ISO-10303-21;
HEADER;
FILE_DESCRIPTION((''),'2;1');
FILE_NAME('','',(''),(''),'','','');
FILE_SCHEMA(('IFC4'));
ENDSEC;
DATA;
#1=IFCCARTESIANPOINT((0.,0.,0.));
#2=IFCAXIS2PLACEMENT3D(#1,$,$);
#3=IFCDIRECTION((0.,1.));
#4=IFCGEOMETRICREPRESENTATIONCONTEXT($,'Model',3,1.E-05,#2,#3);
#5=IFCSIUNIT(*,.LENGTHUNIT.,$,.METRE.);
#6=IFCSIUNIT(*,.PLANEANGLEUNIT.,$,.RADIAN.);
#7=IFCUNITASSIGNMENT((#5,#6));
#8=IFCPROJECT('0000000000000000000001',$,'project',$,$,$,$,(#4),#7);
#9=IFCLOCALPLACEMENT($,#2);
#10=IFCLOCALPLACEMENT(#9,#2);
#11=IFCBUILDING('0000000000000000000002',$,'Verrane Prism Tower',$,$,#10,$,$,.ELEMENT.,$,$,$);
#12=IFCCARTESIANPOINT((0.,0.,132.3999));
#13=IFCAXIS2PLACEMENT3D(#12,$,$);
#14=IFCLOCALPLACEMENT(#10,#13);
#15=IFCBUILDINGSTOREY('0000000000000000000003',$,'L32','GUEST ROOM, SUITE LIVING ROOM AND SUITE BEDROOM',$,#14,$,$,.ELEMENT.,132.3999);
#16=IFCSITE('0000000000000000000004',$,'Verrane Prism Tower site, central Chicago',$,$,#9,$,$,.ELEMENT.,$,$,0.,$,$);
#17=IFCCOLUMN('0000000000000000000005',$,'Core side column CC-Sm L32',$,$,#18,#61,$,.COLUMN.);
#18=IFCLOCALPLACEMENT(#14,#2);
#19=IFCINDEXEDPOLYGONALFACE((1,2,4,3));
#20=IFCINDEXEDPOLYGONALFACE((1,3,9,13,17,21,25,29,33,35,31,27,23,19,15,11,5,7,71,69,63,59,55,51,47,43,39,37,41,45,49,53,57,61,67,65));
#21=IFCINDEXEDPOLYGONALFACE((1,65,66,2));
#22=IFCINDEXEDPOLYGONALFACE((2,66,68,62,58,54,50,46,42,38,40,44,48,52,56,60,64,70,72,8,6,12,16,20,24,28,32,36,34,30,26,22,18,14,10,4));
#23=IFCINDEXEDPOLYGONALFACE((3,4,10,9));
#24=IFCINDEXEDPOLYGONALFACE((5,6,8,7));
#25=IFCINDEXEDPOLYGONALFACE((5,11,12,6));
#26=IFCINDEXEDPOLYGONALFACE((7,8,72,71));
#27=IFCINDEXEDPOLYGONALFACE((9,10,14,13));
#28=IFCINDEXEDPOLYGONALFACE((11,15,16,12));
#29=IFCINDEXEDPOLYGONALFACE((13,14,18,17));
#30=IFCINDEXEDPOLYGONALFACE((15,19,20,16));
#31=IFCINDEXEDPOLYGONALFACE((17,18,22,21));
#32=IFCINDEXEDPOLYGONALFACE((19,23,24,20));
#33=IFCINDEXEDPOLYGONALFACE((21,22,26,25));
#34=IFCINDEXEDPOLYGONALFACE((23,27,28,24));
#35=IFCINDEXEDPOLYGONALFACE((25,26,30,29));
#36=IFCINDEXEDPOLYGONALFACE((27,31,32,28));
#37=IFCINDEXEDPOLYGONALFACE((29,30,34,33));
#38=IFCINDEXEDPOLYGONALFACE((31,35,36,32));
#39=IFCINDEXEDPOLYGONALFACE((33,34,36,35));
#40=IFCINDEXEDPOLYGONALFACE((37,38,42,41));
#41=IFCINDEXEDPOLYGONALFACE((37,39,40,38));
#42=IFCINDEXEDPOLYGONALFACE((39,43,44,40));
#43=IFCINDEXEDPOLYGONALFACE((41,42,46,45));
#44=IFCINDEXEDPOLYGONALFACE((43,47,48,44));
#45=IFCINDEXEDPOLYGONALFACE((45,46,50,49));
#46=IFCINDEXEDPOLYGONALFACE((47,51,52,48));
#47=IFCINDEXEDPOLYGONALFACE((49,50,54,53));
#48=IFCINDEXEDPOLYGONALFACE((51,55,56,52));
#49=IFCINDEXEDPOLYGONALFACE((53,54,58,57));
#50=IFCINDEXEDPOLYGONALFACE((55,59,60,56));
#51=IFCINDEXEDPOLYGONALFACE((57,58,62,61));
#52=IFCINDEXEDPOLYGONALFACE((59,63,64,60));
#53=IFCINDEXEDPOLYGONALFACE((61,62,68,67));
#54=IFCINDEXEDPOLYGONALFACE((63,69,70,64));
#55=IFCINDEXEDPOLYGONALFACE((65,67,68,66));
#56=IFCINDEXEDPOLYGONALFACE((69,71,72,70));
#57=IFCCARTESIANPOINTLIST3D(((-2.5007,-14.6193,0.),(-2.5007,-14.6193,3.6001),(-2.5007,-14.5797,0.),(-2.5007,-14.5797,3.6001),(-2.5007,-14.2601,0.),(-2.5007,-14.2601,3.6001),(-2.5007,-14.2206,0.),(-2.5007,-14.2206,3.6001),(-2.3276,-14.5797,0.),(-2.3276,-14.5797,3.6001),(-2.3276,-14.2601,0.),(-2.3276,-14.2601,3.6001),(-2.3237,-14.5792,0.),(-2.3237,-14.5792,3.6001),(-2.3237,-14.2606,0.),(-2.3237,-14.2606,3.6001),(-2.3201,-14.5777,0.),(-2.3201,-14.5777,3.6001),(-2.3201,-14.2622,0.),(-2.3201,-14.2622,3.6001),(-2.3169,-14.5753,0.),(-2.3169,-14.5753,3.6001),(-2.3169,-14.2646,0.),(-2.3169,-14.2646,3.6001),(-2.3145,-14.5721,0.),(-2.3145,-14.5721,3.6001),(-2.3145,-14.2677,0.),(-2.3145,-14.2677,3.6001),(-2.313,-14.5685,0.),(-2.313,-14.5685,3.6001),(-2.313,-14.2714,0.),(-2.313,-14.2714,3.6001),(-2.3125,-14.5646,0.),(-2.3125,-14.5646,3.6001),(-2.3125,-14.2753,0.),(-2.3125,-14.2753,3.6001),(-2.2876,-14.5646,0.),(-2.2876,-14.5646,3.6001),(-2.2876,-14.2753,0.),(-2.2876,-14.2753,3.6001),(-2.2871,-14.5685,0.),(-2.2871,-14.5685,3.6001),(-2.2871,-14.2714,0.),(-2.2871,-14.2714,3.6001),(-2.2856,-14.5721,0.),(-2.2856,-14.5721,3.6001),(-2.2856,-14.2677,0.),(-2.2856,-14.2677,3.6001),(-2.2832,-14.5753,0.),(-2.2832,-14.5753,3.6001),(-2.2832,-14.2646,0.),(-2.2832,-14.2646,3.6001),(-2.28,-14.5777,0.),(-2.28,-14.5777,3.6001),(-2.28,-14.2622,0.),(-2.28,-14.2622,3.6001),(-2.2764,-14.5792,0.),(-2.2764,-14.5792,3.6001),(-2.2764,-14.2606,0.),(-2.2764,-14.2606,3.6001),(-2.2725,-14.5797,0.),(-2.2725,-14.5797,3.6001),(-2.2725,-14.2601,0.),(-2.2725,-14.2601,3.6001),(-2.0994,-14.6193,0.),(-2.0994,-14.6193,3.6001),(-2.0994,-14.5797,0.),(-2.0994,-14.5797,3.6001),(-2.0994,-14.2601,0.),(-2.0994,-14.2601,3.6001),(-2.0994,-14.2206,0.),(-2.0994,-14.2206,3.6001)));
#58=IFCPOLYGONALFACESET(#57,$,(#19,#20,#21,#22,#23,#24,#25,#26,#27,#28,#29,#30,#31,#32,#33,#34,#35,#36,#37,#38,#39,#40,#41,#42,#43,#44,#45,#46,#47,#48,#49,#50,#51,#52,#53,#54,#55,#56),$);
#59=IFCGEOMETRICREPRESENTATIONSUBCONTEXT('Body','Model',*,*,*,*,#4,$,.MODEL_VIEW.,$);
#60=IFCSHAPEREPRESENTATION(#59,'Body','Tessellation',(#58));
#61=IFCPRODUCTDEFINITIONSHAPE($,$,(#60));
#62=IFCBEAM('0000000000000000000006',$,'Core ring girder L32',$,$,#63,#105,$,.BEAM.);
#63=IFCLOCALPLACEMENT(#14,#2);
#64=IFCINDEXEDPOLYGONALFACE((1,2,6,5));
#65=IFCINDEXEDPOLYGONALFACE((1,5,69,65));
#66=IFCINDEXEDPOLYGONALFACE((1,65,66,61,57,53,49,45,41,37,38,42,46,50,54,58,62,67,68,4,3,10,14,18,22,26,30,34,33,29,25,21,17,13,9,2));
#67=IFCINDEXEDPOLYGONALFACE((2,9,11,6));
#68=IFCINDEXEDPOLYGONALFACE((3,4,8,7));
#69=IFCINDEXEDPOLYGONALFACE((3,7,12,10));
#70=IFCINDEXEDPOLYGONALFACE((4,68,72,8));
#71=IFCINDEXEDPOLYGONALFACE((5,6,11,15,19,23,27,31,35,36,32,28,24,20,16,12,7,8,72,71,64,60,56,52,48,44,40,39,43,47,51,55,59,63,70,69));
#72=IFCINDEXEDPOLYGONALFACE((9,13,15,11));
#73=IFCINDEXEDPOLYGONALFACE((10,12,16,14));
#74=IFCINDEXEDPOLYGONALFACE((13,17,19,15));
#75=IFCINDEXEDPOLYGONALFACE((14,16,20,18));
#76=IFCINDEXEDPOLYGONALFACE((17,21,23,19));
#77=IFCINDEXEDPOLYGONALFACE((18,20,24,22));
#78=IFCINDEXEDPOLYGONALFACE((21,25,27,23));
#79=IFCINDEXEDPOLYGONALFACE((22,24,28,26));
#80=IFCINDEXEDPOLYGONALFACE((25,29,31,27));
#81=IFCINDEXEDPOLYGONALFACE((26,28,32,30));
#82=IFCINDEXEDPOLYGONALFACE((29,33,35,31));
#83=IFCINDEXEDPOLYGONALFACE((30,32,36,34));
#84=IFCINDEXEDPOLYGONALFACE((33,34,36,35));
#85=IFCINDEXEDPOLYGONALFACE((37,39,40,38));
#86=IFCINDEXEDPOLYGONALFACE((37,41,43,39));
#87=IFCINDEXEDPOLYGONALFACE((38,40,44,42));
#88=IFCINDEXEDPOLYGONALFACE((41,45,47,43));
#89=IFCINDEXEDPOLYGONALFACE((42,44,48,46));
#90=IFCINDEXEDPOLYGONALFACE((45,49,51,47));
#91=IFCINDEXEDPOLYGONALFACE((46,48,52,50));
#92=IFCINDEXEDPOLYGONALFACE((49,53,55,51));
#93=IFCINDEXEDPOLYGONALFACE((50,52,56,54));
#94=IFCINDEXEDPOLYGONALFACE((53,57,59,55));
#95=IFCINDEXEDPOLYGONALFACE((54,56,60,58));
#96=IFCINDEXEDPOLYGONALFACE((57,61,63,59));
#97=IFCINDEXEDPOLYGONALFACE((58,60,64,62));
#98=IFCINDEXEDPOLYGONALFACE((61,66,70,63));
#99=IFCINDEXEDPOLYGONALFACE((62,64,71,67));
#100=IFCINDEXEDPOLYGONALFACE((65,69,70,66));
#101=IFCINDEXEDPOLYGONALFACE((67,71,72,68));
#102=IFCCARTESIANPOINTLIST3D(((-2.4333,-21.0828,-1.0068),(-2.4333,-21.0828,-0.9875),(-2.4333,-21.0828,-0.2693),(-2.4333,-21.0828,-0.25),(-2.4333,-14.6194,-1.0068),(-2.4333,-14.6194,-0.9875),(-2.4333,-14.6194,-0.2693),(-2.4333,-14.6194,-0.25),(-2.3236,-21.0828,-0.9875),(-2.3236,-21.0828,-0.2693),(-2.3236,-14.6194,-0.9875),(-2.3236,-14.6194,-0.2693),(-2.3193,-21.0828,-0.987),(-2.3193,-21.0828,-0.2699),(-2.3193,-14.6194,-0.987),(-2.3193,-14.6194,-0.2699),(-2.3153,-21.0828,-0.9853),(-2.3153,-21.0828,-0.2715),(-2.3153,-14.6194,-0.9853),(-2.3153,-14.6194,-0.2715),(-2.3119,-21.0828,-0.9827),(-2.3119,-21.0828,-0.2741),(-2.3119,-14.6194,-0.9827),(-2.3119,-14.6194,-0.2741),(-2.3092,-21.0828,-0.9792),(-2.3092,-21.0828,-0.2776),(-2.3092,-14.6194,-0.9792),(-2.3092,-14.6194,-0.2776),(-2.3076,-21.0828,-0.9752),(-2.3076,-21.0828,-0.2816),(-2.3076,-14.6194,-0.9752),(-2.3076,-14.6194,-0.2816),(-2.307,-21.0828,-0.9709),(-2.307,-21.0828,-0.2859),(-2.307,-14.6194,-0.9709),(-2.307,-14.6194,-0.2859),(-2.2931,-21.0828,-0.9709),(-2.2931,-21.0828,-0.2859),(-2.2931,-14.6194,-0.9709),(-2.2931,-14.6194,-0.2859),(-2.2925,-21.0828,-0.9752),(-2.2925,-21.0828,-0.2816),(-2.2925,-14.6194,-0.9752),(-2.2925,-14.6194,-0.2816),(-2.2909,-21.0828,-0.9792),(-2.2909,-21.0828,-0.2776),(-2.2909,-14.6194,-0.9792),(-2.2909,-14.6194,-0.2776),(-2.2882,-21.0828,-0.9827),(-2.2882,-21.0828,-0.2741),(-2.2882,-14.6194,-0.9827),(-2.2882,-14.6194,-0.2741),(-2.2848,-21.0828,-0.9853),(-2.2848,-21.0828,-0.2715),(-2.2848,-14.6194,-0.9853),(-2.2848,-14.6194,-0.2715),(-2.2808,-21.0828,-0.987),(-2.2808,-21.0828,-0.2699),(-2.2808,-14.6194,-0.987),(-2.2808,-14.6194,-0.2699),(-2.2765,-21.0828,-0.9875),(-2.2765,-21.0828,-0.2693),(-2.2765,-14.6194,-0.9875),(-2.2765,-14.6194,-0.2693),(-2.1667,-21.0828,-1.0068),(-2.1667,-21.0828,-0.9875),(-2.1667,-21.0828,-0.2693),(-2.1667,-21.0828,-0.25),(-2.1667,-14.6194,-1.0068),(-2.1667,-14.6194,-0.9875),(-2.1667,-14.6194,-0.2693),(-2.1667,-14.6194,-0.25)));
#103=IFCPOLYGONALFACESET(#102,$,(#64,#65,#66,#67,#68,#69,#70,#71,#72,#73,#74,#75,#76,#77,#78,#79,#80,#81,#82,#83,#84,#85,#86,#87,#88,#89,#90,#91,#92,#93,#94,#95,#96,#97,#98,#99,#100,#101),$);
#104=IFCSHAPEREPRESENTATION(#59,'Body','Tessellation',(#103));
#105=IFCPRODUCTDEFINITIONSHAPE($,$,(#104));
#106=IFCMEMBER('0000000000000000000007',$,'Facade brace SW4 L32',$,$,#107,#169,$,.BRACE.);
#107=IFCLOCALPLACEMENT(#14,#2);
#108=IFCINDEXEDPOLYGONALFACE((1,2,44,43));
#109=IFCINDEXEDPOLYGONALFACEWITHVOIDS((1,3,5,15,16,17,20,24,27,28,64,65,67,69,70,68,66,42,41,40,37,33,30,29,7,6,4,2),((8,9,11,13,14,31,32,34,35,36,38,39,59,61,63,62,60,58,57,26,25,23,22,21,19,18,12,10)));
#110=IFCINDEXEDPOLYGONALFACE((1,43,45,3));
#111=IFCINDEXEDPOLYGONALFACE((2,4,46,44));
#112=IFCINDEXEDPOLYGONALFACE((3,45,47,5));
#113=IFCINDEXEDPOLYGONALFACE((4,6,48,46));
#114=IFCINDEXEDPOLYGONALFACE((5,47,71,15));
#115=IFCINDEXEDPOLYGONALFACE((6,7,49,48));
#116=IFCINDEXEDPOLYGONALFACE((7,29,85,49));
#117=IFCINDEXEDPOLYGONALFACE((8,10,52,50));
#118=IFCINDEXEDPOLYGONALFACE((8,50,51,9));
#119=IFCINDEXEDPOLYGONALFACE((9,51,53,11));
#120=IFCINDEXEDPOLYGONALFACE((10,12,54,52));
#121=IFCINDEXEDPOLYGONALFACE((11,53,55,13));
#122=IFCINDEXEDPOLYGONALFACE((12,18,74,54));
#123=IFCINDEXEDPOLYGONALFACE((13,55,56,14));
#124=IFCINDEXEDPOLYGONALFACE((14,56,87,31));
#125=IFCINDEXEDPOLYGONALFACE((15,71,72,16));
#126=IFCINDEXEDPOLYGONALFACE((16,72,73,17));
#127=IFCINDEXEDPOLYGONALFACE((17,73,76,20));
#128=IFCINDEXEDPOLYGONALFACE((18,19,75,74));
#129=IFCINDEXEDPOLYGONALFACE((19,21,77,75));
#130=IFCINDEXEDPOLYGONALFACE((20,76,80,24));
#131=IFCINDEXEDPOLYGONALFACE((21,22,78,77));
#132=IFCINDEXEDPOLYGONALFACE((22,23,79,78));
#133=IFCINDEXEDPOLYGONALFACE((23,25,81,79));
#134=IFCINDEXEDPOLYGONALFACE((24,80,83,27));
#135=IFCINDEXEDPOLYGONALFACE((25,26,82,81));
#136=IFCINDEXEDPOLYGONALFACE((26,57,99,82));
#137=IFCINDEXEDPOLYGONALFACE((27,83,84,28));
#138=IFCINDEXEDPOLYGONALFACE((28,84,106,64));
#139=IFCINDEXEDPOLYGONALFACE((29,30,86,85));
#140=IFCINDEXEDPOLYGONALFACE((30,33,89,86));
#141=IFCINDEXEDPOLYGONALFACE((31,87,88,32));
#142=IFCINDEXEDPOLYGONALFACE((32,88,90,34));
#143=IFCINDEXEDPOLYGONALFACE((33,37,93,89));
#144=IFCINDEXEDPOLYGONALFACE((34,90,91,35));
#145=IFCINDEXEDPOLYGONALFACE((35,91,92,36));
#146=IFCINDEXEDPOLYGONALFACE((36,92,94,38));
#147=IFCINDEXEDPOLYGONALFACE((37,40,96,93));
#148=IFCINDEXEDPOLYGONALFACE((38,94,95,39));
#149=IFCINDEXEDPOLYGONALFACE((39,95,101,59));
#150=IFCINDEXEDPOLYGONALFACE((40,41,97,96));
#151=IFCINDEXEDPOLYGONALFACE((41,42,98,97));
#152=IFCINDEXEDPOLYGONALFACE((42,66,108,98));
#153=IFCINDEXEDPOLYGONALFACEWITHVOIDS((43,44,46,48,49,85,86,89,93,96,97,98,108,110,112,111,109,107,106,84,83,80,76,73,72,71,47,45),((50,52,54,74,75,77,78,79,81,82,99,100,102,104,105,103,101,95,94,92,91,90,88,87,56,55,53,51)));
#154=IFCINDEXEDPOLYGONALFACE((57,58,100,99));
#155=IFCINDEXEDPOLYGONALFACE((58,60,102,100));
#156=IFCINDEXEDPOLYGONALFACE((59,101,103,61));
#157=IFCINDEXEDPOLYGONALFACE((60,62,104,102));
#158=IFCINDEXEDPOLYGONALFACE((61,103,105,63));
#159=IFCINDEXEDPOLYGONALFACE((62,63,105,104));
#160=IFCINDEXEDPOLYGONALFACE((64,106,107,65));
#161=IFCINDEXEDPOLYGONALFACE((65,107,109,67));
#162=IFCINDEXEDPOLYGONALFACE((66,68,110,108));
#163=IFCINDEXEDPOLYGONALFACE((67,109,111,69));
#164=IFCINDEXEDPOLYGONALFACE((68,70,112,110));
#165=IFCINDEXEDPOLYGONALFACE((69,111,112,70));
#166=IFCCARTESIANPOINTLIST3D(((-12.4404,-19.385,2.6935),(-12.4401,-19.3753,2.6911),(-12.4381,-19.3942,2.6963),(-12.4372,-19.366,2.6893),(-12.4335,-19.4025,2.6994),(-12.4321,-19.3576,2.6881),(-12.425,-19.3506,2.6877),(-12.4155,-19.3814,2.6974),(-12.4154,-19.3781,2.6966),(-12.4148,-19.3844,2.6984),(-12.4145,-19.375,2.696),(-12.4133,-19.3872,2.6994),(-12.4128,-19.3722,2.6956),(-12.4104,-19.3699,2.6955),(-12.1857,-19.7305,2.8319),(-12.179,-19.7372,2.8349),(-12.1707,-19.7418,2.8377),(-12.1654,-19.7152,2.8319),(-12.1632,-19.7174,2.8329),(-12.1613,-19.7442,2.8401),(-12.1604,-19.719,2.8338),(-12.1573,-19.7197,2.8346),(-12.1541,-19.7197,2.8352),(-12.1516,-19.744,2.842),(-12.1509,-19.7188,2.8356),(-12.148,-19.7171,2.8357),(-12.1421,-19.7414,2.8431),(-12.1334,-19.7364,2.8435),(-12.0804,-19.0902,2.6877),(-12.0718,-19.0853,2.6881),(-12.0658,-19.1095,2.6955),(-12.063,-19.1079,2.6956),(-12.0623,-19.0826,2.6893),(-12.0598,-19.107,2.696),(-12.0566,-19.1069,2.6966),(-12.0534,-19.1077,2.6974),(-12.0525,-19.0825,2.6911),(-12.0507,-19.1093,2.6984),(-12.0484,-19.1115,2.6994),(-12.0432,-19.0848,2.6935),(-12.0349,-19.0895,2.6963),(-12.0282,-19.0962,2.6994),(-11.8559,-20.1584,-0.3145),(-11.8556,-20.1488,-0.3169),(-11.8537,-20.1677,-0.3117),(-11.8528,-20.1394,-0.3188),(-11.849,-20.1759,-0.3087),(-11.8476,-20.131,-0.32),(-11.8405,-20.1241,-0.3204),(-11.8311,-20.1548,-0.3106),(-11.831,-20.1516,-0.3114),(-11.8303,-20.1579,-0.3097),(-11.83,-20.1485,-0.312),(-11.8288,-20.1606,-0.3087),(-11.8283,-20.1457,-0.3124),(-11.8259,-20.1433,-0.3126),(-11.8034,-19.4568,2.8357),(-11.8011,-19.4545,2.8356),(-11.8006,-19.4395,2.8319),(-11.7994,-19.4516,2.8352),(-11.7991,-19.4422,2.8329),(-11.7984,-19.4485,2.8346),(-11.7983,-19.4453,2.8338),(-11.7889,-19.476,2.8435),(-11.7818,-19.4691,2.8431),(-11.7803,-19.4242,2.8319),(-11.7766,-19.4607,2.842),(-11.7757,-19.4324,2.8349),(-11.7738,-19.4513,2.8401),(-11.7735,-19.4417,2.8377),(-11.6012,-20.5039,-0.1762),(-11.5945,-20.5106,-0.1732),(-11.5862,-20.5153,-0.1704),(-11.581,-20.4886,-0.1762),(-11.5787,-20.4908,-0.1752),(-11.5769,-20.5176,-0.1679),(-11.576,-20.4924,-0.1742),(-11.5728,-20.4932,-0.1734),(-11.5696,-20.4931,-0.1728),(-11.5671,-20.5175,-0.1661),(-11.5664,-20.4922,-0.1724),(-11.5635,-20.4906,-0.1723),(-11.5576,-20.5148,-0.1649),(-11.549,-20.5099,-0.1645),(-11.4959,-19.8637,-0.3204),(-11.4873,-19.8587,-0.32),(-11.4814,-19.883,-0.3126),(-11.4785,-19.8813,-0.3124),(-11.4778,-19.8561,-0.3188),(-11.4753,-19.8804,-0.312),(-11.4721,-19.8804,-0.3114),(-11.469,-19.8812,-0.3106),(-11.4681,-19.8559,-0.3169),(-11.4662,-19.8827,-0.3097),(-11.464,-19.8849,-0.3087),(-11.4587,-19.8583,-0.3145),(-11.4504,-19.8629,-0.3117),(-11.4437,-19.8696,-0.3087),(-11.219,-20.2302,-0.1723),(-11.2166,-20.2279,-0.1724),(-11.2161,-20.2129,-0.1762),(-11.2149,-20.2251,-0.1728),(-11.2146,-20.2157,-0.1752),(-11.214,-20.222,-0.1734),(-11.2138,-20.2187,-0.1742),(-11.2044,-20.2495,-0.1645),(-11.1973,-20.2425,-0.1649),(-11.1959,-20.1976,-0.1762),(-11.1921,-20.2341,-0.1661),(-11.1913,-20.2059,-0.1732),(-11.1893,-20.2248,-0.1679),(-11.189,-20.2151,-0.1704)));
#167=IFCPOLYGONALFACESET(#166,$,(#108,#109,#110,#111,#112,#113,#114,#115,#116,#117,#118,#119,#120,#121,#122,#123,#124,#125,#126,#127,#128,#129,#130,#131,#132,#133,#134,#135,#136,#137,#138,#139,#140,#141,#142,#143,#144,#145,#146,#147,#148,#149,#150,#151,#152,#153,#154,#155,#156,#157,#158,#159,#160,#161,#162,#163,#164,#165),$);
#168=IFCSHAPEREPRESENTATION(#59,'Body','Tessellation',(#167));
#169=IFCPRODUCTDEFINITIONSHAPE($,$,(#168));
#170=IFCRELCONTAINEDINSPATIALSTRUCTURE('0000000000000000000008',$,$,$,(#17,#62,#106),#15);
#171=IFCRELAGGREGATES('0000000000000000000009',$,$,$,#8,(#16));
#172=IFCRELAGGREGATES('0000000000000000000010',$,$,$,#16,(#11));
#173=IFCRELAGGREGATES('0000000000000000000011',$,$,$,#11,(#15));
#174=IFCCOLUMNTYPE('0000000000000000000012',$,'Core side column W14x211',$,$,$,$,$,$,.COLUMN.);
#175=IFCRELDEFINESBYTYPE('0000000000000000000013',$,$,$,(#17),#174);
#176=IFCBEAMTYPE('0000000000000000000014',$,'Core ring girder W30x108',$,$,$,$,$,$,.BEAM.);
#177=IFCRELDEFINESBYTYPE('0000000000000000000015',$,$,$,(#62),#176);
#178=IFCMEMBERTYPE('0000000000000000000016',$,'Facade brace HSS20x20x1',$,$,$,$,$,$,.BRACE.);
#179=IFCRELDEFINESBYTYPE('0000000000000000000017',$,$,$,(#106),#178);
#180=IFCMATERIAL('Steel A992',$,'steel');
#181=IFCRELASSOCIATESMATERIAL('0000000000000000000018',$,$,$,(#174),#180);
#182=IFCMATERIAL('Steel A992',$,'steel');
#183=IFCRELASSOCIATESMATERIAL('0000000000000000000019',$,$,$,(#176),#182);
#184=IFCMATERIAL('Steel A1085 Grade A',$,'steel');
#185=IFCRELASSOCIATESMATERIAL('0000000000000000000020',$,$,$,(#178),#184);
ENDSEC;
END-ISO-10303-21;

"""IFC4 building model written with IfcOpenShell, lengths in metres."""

from ifc_helpers import new_model, si_unit, direction, frame, origin, origin_2d, place, context, subcontext, project, spatial, hollow_rectangle, i_section, extrude, material, material_profile, profile_set, type_object, element, save


model = new_model("IFC4")

# Units and contexts
model_context = context("Model", 3, precision=1e-05, world=origin(), true_north=direction((0.0, 1.0)))
body_context = subcontext(model_context, "Body", "Model", "MODEL_VIEW")
ifc_project = project(units=[si_unit("LENGTHUNIT", "METRE"), si_unit("PLANEANGLEUNIT", "RADIAN")], contexts=[model_context])

# Site, building, storey
site_placement = place(None, origin())
site = spatial("IfcSite", under=ifc_project, at=site_placement, Name="Verrane Prism Tower site, central Chicago", CompositionType="ELEMENT", RefElevation=0.0)
building_placement = place(site_placement, origin())
building = spatial("IfcBuilding", under=site, at=building_placement, Name="Verrane Prism Tower", CompositionType="ELEMENT")
storey_placement = place(building_placement, frame((0.0, 0.0, 132.3999)))
storey = spatial("IfcBuildingStorey", under=building, at=storey_placement, Name="L32", Description="GUEST ROOM, SUITE LIVING ROOM AND SUITE BEDROOM", CompositionType="ELEMENT", Elevation=132.3999)

# Column
ifc_material_1 = material(Name="Steel A992", Category="steel")
ifc_material_profile_1 = material_profile(ifc_material_1, i_section(OverallWidth=0.4014, OverallDepth=0.3987, WebThickness=0.0249, FlangeThickness=0.0396, FilletRadius=0.0151, at=origin_2d()), Name="W14x211")
ifc_profile_set_1 = profile_set([ifc_material_profile_1], Name="Steel A992")
column_type = type_object("IfcColumnType", Name="Core side column W14x211", PredefinedType="COLUMN", material=ifc_profile_set_1)
column_placement = place(storey_placement, frame((-2.3, -14.4199, 0.0), z_axis=(0.0, 0.0, 1.0), x_axis=(1.0, 0.0, 0.0)))
element("IfcColumn", 1, at=column_placement, inside=storey, type_object=column_type, Name="Core side column CC-Sm L32", PredefinedType="COLUMN", context=body_context, shape_type="SweptSolid", body=[
    extrude(i_section(OverallWidth=0.4014, OverallDepth=0.3987, WebThickness=0.0249, FlangeThickness=0.0396, FilletRadius=0.0151, at=origin_2d()), origin(), (0.0, 0.0, 1.0), 3.6001),
])

# Beam
ifc_material_2 = material(Name="Steel A992", Category="steel")
ifc_material_profile_2 = material_profile(ifc_material_2, i_section(OverallWidth=0.2666, OverallDepth=0.7568, WebThickness=0.0139, FlangeThickness=0.0193, FilletRadius=0.0166, at=origin_2d()), Name="W30x108")
ifc_profile_set_2 = profile_set([ifc_material_profile_2], Name="Steel A992")
beam_type_1 = type_object("IfcBeamType", Name="Core ring girder W30x108", PredefinedType="BEAM", material=ifc_profile_set_2)
beam_1_placement = place(storey_placement, frame((-2.3, -14.6194, -0.6284), z_axis=(0.0, -1.0, 0.0), x_axis=(1.0, 0.0, 0.0)))
element("IfcBeam", 2, at=beam_1_placement, inside=storey, type_object=beam_type_1, Name="Core ring girder L32", PredefinedType="BEAM", context=body_context, shape_type="SweptSolid", body=[
    extrude(i_section(OverallWidth=0.2666, OverallDepth=0.7568, WebThickness=0.0139, FlangeThickness=0.0193, FilletRadius=0.0166, at=origin_2d()), origin(), (0.0, 0.0, 1.0), 6.4634),
])

# Member
ifc_material_3 = material(Name="Steel A1085 Grade A", Category="steel")
ifc_material_profile_3 = material_profile(ifc_material_3, hollow_rectangle(XDim=0.5081, YDim=0.5081, WallThickness=0.0254, InnerFilletRadius=0.0127, OuterFilletRadius=0.0381, at=origin_2d()), Name="HSS20x20x1")
ifc_profile_set_3 = profile_set([ifc_material_profile_3], Name="Steel A1085 Grade A")
member_type_1 = type_object("IfcMemberType", Name="Facade brace HSS20x20x1", PredefinedType="BRACE", material=ifc_profile_set_3)
member_1_placement = place(storey_placement, frame((-11.5225, -20.1868, -0.2424), z_axis=(-0.184935, 0.244727, 0.951792), x_axis=(-0.797819, -0.602897, 0.0)))
element("IfcMember", 3, at=member_1_placement, inside=storey, type_object=member_type_1, Name="Facade brace SW4 L32", PredefinedType="BRACE", context=body_context, shape_type="SweptSolid", body=[
    extrude(hollow_rectangle(XDim=0.5081, YDim=0.5081, WallThickness=0.0254, InnerFilletRadius=0.0127, OuterFilletRadius=0.0381, at=origin_2d()), origin(), (0.0, 0.0, 1.0), 3.1604),
])

save(model, "model.ifc")
